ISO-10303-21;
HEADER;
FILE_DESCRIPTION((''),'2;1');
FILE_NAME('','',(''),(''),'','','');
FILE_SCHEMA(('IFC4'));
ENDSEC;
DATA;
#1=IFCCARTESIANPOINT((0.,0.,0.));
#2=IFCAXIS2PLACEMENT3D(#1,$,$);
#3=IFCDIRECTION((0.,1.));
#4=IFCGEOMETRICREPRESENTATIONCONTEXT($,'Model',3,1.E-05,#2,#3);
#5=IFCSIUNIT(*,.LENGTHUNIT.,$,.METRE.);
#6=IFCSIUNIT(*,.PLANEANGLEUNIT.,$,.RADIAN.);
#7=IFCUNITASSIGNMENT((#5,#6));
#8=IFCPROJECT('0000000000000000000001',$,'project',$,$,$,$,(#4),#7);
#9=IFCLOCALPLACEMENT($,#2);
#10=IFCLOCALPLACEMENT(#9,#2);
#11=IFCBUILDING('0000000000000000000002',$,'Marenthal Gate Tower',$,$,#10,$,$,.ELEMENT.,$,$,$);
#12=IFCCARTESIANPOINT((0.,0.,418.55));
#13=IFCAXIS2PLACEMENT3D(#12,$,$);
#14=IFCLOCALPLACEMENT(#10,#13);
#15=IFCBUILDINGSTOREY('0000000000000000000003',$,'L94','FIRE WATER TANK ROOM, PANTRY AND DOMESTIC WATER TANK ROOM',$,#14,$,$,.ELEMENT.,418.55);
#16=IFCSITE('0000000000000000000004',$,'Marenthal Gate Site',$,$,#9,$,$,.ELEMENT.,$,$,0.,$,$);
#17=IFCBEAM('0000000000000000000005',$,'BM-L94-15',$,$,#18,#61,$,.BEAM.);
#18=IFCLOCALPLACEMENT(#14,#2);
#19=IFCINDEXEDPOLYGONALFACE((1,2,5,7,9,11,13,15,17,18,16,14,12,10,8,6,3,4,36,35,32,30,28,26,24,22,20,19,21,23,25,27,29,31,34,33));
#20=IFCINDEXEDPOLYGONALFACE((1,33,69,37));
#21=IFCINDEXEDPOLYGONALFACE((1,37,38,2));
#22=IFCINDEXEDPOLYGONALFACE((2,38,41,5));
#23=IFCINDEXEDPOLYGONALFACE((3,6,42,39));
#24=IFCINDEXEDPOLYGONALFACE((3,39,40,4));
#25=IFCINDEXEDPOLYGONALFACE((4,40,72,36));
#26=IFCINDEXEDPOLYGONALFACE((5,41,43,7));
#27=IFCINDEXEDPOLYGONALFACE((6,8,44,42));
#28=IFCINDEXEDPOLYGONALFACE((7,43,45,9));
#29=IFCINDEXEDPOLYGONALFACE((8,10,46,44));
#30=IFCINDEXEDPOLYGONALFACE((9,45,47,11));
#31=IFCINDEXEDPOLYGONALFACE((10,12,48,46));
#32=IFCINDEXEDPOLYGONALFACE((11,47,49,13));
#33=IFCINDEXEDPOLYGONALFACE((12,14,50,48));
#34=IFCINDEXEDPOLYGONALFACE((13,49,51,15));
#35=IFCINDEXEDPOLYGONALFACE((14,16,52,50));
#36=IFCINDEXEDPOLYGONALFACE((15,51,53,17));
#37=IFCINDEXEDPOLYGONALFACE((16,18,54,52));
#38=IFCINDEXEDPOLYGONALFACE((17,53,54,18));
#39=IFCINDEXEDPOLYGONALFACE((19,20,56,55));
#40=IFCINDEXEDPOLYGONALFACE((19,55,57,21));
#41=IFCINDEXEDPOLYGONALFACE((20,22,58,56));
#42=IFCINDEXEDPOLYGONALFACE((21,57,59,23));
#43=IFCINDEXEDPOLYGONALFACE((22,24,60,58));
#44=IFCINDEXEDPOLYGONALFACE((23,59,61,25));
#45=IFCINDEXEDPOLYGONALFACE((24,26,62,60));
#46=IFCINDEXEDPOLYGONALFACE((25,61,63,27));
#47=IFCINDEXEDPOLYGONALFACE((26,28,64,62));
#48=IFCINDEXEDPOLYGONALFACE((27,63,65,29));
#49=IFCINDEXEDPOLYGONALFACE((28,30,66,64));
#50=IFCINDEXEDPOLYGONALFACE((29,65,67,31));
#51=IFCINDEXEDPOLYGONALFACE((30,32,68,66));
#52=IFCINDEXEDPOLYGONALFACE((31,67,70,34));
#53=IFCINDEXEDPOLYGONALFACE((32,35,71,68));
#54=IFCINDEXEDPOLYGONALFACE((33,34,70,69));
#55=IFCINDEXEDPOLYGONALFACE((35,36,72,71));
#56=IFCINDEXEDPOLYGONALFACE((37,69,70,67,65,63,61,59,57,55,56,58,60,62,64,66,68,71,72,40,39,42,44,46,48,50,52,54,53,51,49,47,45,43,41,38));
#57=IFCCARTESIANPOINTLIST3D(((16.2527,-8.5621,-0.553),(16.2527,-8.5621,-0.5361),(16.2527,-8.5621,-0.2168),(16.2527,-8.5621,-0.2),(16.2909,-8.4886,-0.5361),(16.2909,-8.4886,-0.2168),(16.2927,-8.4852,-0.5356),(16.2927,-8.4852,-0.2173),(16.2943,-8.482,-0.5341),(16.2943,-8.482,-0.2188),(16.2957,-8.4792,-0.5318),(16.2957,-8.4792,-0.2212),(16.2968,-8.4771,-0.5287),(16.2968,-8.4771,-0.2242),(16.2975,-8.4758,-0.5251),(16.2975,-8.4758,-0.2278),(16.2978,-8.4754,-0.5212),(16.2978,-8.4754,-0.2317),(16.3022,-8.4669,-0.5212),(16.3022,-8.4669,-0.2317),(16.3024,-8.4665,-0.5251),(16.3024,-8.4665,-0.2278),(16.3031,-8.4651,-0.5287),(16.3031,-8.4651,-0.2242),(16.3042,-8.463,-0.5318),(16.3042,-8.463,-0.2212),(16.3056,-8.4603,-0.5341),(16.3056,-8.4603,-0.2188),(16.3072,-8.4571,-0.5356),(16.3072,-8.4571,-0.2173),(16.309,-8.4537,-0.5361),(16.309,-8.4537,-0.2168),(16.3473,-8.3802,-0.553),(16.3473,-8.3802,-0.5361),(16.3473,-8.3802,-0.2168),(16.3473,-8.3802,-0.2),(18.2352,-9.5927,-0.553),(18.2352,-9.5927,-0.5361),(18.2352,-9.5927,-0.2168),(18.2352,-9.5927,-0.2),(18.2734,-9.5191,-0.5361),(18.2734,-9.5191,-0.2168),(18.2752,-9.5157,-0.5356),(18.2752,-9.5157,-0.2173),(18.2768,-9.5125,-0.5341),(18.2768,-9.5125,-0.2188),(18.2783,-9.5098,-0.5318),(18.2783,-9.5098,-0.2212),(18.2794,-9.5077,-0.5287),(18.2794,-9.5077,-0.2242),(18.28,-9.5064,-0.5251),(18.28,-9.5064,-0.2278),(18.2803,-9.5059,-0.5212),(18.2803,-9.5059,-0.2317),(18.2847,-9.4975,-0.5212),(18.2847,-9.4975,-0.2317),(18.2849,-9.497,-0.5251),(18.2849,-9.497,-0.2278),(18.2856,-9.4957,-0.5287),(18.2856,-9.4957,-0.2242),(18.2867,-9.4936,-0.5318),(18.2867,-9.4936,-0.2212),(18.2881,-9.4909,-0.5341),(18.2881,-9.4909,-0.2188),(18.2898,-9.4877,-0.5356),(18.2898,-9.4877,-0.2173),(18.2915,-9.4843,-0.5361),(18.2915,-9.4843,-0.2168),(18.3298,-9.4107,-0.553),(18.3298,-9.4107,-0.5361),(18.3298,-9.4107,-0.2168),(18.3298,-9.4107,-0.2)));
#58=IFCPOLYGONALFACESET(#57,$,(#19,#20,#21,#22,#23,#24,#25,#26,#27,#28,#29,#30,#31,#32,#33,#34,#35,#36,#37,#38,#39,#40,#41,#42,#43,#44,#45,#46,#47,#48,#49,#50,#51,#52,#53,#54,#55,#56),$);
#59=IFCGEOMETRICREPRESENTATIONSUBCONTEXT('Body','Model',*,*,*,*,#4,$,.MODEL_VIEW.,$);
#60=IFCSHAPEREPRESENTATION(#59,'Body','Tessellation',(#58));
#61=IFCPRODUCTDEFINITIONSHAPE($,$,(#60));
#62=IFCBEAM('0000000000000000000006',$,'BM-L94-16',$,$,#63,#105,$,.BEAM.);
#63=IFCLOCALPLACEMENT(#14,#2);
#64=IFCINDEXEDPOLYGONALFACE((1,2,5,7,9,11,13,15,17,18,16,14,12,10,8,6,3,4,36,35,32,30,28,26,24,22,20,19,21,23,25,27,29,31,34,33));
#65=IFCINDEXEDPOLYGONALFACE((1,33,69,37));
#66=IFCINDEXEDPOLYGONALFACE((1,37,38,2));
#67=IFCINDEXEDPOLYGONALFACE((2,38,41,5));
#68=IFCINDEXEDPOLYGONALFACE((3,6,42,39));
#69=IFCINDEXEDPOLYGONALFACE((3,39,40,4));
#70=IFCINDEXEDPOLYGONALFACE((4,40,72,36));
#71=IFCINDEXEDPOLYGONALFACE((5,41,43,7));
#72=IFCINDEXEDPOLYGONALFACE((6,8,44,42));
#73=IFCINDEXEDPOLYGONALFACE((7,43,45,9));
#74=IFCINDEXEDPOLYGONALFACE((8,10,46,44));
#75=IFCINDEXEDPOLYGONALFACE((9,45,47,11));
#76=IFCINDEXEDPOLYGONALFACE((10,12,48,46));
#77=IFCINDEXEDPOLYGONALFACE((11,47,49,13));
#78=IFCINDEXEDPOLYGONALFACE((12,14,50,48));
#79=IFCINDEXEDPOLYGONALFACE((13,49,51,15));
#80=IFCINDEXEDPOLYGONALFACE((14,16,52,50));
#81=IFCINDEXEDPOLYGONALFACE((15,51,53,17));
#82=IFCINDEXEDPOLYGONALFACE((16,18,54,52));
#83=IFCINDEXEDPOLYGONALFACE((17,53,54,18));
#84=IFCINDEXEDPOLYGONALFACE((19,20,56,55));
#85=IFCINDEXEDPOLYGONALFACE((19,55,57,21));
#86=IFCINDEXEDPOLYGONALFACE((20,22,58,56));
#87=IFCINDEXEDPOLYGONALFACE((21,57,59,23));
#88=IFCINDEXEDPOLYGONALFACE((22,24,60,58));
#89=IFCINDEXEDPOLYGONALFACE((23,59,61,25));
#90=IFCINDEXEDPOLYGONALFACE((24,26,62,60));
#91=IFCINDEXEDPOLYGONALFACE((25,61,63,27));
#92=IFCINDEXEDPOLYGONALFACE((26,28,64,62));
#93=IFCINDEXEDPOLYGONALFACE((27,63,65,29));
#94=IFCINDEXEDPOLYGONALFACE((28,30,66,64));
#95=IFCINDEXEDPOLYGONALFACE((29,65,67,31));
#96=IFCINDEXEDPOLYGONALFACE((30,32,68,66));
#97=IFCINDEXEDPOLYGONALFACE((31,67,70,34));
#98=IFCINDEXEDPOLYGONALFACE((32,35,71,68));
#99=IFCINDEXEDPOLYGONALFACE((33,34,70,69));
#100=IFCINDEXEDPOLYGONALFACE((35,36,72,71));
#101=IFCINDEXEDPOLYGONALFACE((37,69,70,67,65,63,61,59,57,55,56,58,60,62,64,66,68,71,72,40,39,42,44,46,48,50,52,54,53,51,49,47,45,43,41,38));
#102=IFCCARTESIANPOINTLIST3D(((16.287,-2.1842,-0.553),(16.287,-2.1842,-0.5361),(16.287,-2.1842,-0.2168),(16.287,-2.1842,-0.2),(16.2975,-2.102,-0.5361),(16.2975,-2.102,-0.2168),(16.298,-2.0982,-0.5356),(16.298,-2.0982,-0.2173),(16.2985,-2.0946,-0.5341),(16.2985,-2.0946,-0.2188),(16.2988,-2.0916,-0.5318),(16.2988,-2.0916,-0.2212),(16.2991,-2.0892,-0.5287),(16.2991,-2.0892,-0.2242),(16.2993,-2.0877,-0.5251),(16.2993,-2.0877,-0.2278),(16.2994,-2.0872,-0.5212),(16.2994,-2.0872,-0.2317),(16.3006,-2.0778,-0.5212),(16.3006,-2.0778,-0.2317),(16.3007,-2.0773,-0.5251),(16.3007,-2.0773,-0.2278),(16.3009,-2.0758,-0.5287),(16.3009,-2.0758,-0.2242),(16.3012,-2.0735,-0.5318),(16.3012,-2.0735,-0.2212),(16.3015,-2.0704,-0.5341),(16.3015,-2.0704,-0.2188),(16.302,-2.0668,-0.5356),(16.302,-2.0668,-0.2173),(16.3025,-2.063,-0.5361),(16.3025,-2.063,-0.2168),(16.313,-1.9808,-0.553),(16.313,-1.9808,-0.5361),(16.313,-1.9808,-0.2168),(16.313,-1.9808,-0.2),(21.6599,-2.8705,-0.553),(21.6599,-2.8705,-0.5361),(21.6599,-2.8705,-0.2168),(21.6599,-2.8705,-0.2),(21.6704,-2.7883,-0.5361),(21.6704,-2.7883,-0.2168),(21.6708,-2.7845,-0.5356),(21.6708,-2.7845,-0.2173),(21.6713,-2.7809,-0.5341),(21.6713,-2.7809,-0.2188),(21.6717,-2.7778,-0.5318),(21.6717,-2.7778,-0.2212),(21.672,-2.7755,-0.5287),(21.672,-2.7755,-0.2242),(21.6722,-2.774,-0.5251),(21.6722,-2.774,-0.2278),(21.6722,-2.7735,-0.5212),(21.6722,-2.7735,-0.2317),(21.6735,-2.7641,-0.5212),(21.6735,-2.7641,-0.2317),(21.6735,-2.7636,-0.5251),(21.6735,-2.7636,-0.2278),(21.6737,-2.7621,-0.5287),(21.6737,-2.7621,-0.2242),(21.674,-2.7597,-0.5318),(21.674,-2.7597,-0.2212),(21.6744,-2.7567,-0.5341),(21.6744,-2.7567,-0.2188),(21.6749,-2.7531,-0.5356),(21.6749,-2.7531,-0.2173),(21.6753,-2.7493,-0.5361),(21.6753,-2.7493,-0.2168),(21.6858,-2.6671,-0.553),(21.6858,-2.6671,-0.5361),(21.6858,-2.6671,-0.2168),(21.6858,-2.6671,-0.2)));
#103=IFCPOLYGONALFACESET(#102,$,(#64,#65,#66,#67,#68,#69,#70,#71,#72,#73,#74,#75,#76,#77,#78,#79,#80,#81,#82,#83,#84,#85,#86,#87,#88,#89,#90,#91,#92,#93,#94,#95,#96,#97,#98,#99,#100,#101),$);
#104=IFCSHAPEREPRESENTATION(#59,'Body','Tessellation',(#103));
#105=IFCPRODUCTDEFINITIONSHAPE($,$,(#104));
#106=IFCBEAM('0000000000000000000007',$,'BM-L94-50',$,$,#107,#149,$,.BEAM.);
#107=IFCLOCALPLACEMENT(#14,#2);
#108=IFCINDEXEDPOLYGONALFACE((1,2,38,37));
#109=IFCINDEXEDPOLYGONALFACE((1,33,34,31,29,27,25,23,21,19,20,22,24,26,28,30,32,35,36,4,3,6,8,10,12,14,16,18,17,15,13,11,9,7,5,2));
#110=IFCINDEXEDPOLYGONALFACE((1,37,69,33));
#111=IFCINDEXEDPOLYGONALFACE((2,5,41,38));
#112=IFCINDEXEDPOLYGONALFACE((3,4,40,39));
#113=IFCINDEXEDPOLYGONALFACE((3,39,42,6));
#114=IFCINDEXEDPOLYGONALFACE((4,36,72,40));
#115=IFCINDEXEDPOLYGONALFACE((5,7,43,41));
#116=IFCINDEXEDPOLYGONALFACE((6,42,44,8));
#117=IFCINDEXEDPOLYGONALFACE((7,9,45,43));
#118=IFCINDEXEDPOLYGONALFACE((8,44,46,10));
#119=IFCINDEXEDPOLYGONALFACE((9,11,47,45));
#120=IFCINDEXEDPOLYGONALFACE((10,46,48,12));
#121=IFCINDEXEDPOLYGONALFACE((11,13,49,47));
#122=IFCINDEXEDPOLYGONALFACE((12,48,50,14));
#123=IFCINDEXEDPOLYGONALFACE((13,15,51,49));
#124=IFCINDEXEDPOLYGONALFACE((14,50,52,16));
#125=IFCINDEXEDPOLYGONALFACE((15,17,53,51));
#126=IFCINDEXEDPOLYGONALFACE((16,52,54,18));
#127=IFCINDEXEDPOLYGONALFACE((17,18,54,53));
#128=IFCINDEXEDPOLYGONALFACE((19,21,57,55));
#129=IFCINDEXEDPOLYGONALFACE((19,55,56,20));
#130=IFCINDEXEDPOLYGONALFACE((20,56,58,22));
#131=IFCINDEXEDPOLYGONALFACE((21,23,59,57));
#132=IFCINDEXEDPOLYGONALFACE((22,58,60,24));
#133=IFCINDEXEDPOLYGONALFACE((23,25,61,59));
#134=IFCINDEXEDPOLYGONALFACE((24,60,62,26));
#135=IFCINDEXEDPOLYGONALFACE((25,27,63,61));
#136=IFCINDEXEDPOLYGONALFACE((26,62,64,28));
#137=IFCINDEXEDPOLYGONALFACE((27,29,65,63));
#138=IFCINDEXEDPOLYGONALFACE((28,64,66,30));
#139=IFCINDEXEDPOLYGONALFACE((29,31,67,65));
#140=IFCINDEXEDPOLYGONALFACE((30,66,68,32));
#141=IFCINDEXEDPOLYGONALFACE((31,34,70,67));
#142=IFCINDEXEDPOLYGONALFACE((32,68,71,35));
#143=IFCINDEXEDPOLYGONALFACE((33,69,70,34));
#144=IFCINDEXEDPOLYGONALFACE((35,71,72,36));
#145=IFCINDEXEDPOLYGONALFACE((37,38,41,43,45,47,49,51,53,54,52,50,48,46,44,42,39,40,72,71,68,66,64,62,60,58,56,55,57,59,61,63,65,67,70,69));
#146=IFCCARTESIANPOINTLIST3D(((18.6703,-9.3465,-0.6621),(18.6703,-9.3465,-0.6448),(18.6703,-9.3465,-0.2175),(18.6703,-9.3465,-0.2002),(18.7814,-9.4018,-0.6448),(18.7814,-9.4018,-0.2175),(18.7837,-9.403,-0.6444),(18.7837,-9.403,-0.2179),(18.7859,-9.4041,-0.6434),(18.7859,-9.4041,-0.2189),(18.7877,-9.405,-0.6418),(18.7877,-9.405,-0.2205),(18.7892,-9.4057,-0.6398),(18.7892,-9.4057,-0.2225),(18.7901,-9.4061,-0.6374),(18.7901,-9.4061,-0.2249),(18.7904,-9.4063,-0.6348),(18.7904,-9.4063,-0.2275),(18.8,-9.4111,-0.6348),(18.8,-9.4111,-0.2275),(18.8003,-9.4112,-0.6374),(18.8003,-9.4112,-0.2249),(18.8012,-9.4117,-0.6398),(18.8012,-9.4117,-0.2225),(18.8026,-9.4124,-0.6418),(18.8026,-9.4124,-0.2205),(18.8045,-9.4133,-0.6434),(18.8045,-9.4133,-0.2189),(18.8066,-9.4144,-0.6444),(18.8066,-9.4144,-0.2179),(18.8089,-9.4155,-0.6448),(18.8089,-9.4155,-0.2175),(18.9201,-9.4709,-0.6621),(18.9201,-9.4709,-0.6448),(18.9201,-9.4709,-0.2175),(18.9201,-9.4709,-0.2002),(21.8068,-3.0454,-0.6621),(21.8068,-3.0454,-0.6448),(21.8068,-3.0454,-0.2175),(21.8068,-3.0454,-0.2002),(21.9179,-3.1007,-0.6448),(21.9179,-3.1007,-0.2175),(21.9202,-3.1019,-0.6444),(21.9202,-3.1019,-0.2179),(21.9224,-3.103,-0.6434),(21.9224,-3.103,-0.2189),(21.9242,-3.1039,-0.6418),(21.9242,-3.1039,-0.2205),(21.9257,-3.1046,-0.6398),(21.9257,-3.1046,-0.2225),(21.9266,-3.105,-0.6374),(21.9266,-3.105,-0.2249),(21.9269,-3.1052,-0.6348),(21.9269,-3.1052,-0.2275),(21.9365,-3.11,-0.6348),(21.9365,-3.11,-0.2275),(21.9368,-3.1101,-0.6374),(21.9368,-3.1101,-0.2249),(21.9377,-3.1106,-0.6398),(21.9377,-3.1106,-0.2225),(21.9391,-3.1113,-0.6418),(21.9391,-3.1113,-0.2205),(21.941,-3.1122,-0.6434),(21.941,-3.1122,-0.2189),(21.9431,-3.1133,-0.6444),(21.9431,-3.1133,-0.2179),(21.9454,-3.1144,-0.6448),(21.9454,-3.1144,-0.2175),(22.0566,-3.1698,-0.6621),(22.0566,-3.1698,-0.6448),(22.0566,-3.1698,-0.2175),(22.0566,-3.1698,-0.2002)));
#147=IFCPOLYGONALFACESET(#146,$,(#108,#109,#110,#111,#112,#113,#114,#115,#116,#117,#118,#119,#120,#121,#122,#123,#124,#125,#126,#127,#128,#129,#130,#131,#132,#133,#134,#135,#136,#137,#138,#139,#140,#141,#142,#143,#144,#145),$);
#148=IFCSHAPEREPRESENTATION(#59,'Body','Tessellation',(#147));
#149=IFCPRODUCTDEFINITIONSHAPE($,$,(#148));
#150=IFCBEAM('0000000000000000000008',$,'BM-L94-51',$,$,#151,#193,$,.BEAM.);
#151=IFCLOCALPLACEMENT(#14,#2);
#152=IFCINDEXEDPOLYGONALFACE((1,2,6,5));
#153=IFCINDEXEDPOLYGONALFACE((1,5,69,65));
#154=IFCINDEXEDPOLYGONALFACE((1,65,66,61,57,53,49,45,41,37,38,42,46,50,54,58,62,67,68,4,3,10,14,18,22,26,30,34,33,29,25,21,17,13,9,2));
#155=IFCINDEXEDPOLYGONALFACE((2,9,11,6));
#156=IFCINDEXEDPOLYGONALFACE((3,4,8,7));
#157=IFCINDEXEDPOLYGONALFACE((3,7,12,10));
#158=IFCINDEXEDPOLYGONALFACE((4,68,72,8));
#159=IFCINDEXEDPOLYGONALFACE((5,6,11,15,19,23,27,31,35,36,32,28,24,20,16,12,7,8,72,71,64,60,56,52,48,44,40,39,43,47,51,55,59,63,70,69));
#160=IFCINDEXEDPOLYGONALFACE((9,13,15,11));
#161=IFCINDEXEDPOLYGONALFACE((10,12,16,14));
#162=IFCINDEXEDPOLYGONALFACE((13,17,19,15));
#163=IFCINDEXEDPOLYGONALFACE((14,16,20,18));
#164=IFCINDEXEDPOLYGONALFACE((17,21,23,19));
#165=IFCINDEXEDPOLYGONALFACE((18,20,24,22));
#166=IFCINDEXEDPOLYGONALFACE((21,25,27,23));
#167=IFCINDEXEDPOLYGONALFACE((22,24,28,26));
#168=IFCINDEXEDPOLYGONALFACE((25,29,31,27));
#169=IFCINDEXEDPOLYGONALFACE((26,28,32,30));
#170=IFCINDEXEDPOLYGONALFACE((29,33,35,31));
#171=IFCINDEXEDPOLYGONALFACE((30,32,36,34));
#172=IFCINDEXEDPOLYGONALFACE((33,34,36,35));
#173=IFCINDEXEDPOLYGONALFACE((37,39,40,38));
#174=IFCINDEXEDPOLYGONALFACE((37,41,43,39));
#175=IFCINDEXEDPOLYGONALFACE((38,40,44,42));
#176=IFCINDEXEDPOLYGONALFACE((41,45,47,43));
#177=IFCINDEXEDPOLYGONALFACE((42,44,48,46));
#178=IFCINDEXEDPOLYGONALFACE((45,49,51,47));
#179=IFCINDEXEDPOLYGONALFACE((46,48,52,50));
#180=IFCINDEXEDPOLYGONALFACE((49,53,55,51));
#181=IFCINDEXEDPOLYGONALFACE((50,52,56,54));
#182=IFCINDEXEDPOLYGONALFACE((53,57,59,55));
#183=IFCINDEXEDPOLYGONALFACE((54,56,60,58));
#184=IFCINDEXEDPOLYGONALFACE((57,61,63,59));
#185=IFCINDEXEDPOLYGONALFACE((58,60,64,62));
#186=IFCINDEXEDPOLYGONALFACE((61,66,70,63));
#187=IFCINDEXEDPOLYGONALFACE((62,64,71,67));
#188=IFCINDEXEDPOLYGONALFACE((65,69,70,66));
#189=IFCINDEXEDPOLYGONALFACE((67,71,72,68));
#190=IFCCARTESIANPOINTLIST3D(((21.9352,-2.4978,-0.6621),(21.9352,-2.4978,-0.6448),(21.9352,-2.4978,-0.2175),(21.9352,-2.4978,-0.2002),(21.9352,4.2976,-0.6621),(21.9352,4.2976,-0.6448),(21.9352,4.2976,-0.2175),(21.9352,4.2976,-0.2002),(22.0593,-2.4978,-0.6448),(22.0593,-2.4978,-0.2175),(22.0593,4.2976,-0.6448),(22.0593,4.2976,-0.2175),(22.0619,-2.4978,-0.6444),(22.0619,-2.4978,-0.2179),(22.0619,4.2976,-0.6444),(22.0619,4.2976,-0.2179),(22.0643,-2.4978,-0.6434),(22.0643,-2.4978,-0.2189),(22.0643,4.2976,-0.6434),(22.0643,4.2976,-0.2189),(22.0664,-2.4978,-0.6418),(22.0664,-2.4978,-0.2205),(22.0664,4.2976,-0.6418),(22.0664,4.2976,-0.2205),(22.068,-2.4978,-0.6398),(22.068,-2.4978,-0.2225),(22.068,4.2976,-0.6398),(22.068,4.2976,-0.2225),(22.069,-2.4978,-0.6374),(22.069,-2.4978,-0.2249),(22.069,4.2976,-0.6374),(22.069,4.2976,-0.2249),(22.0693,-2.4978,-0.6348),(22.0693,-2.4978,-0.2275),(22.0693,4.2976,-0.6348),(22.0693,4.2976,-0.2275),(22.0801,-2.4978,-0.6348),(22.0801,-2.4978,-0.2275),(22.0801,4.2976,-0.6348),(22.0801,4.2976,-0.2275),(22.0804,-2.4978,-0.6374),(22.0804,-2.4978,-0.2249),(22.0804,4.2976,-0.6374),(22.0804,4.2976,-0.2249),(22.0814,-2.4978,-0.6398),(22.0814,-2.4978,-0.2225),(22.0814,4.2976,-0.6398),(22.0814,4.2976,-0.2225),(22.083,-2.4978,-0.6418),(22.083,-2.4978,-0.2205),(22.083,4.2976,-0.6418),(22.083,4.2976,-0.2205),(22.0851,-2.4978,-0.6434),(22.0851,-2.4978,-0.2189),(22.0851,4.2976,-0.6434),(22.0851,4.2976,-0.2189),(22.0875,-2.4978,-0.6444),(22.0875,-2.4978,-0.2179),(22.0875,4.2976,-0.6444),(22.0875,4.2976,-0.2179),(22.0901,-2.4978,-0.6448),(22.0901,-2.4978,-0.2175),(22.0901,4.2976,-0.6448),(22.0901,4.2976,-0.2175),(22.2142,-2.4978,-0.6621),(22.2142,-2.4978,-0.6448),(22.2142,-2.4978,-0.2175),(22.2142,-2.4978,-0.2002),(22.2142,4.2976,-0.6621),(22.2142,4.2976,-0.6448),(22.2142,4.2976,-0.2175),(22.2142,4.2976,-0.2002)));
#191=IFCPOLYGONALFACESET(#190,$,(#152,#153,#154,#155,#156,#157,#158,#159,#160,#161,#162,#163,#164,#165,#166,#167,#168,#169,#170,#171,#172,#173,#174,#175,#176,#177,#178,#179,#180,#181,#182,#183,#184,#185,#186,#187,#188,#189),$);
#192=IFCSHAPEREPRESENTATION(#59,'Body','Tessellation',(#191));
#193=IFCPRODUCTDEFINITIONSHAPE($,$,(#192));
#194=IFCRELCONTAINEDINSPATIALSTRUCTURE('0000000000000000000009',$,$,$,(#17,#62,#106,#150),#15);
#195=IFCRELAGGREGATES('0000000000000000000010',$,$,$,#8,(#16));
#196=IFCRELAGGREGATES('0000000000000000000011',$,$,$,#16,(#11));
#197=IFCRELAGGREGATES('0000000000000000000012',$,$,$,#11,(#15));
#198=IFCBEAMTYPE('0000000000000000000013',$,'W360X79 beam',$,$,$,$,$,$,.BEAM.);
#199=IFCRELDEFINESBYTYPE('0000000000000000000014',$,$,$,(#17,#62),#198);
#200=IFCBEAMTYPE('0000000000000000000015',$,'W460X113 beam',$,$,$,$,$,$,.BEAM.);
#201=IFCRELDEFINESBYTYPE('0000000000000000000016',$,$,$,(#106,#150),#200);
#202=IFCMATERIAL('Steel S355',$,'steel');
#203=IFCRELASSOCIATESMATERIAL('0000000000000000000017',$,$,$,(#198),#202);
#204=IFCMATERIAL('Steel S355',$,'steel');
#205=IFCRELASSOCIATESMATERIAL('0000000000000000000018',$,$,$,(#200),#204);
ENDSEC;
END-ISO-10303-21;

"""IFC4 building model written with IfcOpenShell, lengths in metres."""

from ifc_helpers import new_model, si_unit, direction, frame, origin, origin_2d, place, context, subcontext, project, spatial, i_section, extrude, material, material_profile, profile_set, type_object, element, save


model = new_model("IFC4")

# Units and contexts
model_context = context("Model", 3, precision=1e-05, world=origin(), true_north=direction((0.0, 1.0)))
body_context = subcontext(model_context, "Body", "Model", "MODEL_VIEW")
ifc_project = project(units=[si_unit("LENGTHUNIT", "METRE"), si_unit("PLANEANGLEUNIT", "RADIAN")], contexts=[model_context])

# Site, building, storey
site_placement = place(None, origin())
site = spatial("IfcSite", under=ifc_project, at=site_placement, Name="Marenthal Gate Site", CompositionType="ELEMENT", RefElevation=0.0)
building_placement = place(site_placement, origin())
building = spatial("IfcBuilding", under=site, at=building_placement, Name="Marenthal Gate Tower", CompositionType="ELEMENT")
storey_placement = place(building_placement, frame((0.0, 0.0, 418.55)))
storey = spatial("IfcBuildingStorey", under=building, at=storey_placement, Name="L94", Description="FIRE WATER TANK ROOM, PANTRY AND DOMESTIC WATER TANK ROOM", CompositionType="ELEMENT", Elevation=418.55)

# Beams
ifc_material_1 = material(Name="Steel S355", Category="steel")
ifc_material_profile_1 = material_profile(ifc_material_1, i_section(OverallWidth=0.2051, OverallDepth=0.353, WebThickness=0.0095, FlangeThickness=0.0168, FilletRadius=0.0149, at=origin_2d()), Name="W360X79")
ifc_profile_set_1 = profile_set([ifc_material_profile_1], Name="Steel S355")
beam_type_1 = type_object("IfcBeamType", Name="W360X79 beam", PredefinedType="BEAM", material=ifc_profile_set_1)
beam_1_placement = place(storey_placement, frame((18.2825, -9.5017, -0.3765), z_axis=(-0.887279, 0.461232, 0.0), x_axis=(-0.461232, -0.887279, 0.0)))
element("IfcBeam", 1, at=beam_1_placement, inside=storey, type_object=beam_type_1, Name="BM-L94-15", PredefinedType="BEAM", context=body_context, shape_type="SweptSolid", body=[
    extrude(i_section(OverallWidth=0.2051, OverallDepth=0.353, WebThickness=0.0095, FlangeThickness=0.0168, FilletRadius=0.0149, at=origin_2d()), origin(), (0.0, 0.0, 1.0), 2.2344),
])
beam_2_placement = place(storey_placement, frame((21.6729, -2.7688, -0.3765), z_axis=(-0.991941, 0.126703, 0.0), x_axis=(-0.126703, -0.991941, 0.0)))
element("IfcBeam", 2, at=beam_2_placement, inside=storey, type_object=beam_type_1, Name="BM-L94-16", PredefinedType="BEAM", context=body_context, shape_type="SweptSolid", body=[
    extrude(i_section(OverallWidth=0.2051, OverallDepth=0.353, WebThickness=0.0095, FlangeThickness=0.0168, FilletRadius=0.0149, at=origin_2d()), origin(), (0.0, 0.0, 1.0), 5.4165),
])
ifc_material_2 = material(Name="Steel S355", Category="steel")
ifc_material_profile_2 = material_profile(ifc_material_2, i_section(OverallWidth=0.2791, OverallDepth=0.4619, WebThickness=0.0107, FlangeThickness=0.0173, FilletRadius=0.01, at=origin_2d()), Name="W460X113")
ifc_profile_set_2 = profile_set([ifc_material_profile_2], Name="Steel S355")
beam_type_2 = type_object("IfcBeamType", Name="W460X113 beam", PredefinedType="BEAM", material=ifc_profile_set_2)
beam_3_placement = place(storey_placement, frame((18.7952, -9.4087, -0.4312), z_axis=(0.445617, 0.895224, 0.0), x_axis=(-0.895224, 0.445617, 0.0)))
element("IfcBeam", 3, at=beam_3_placement, inside=storey, type_object=beam_type_2, Name="BM-L94-50", PredefinedType="BEAM", context=body_context, shape_type="SweptSolid", body=[
    extrude(i_section(OverallWidth=0.2791, OverallDepth=0.4619, WebThickness=0.0107, FlangeThickness=0.0173, FilletRadius=0.01, at=origin_2d()), origin(), (0.0, 0.0, 1.0), 7.0386),
])
beam_4_placement = place(storey_placement, frame((22.0747, -2.4978, -0.4312), z_axis=(0.0, 1.0, 0.0), x_axis=(-1.0, 0.0, 0.0)))
element("IfcBeam", 4, at=beam_4_placement, inside=storey, type_object=beam_type_2, Name="BM-L94-51", PredefinedType="BEAM", context=body_context, shape_type="SweptSolid", body=[
    extrude(i_section(OverallWidth=0.2791, OverallDepth=0.4619, WebThickness=0.0107, FlangeThickness=0.0173, FilletRadius=0.01, at=origin_2d()), origin(), (0.0, 0.0, 1.0), 6.7954),
])

save(model, "model.ifc")
